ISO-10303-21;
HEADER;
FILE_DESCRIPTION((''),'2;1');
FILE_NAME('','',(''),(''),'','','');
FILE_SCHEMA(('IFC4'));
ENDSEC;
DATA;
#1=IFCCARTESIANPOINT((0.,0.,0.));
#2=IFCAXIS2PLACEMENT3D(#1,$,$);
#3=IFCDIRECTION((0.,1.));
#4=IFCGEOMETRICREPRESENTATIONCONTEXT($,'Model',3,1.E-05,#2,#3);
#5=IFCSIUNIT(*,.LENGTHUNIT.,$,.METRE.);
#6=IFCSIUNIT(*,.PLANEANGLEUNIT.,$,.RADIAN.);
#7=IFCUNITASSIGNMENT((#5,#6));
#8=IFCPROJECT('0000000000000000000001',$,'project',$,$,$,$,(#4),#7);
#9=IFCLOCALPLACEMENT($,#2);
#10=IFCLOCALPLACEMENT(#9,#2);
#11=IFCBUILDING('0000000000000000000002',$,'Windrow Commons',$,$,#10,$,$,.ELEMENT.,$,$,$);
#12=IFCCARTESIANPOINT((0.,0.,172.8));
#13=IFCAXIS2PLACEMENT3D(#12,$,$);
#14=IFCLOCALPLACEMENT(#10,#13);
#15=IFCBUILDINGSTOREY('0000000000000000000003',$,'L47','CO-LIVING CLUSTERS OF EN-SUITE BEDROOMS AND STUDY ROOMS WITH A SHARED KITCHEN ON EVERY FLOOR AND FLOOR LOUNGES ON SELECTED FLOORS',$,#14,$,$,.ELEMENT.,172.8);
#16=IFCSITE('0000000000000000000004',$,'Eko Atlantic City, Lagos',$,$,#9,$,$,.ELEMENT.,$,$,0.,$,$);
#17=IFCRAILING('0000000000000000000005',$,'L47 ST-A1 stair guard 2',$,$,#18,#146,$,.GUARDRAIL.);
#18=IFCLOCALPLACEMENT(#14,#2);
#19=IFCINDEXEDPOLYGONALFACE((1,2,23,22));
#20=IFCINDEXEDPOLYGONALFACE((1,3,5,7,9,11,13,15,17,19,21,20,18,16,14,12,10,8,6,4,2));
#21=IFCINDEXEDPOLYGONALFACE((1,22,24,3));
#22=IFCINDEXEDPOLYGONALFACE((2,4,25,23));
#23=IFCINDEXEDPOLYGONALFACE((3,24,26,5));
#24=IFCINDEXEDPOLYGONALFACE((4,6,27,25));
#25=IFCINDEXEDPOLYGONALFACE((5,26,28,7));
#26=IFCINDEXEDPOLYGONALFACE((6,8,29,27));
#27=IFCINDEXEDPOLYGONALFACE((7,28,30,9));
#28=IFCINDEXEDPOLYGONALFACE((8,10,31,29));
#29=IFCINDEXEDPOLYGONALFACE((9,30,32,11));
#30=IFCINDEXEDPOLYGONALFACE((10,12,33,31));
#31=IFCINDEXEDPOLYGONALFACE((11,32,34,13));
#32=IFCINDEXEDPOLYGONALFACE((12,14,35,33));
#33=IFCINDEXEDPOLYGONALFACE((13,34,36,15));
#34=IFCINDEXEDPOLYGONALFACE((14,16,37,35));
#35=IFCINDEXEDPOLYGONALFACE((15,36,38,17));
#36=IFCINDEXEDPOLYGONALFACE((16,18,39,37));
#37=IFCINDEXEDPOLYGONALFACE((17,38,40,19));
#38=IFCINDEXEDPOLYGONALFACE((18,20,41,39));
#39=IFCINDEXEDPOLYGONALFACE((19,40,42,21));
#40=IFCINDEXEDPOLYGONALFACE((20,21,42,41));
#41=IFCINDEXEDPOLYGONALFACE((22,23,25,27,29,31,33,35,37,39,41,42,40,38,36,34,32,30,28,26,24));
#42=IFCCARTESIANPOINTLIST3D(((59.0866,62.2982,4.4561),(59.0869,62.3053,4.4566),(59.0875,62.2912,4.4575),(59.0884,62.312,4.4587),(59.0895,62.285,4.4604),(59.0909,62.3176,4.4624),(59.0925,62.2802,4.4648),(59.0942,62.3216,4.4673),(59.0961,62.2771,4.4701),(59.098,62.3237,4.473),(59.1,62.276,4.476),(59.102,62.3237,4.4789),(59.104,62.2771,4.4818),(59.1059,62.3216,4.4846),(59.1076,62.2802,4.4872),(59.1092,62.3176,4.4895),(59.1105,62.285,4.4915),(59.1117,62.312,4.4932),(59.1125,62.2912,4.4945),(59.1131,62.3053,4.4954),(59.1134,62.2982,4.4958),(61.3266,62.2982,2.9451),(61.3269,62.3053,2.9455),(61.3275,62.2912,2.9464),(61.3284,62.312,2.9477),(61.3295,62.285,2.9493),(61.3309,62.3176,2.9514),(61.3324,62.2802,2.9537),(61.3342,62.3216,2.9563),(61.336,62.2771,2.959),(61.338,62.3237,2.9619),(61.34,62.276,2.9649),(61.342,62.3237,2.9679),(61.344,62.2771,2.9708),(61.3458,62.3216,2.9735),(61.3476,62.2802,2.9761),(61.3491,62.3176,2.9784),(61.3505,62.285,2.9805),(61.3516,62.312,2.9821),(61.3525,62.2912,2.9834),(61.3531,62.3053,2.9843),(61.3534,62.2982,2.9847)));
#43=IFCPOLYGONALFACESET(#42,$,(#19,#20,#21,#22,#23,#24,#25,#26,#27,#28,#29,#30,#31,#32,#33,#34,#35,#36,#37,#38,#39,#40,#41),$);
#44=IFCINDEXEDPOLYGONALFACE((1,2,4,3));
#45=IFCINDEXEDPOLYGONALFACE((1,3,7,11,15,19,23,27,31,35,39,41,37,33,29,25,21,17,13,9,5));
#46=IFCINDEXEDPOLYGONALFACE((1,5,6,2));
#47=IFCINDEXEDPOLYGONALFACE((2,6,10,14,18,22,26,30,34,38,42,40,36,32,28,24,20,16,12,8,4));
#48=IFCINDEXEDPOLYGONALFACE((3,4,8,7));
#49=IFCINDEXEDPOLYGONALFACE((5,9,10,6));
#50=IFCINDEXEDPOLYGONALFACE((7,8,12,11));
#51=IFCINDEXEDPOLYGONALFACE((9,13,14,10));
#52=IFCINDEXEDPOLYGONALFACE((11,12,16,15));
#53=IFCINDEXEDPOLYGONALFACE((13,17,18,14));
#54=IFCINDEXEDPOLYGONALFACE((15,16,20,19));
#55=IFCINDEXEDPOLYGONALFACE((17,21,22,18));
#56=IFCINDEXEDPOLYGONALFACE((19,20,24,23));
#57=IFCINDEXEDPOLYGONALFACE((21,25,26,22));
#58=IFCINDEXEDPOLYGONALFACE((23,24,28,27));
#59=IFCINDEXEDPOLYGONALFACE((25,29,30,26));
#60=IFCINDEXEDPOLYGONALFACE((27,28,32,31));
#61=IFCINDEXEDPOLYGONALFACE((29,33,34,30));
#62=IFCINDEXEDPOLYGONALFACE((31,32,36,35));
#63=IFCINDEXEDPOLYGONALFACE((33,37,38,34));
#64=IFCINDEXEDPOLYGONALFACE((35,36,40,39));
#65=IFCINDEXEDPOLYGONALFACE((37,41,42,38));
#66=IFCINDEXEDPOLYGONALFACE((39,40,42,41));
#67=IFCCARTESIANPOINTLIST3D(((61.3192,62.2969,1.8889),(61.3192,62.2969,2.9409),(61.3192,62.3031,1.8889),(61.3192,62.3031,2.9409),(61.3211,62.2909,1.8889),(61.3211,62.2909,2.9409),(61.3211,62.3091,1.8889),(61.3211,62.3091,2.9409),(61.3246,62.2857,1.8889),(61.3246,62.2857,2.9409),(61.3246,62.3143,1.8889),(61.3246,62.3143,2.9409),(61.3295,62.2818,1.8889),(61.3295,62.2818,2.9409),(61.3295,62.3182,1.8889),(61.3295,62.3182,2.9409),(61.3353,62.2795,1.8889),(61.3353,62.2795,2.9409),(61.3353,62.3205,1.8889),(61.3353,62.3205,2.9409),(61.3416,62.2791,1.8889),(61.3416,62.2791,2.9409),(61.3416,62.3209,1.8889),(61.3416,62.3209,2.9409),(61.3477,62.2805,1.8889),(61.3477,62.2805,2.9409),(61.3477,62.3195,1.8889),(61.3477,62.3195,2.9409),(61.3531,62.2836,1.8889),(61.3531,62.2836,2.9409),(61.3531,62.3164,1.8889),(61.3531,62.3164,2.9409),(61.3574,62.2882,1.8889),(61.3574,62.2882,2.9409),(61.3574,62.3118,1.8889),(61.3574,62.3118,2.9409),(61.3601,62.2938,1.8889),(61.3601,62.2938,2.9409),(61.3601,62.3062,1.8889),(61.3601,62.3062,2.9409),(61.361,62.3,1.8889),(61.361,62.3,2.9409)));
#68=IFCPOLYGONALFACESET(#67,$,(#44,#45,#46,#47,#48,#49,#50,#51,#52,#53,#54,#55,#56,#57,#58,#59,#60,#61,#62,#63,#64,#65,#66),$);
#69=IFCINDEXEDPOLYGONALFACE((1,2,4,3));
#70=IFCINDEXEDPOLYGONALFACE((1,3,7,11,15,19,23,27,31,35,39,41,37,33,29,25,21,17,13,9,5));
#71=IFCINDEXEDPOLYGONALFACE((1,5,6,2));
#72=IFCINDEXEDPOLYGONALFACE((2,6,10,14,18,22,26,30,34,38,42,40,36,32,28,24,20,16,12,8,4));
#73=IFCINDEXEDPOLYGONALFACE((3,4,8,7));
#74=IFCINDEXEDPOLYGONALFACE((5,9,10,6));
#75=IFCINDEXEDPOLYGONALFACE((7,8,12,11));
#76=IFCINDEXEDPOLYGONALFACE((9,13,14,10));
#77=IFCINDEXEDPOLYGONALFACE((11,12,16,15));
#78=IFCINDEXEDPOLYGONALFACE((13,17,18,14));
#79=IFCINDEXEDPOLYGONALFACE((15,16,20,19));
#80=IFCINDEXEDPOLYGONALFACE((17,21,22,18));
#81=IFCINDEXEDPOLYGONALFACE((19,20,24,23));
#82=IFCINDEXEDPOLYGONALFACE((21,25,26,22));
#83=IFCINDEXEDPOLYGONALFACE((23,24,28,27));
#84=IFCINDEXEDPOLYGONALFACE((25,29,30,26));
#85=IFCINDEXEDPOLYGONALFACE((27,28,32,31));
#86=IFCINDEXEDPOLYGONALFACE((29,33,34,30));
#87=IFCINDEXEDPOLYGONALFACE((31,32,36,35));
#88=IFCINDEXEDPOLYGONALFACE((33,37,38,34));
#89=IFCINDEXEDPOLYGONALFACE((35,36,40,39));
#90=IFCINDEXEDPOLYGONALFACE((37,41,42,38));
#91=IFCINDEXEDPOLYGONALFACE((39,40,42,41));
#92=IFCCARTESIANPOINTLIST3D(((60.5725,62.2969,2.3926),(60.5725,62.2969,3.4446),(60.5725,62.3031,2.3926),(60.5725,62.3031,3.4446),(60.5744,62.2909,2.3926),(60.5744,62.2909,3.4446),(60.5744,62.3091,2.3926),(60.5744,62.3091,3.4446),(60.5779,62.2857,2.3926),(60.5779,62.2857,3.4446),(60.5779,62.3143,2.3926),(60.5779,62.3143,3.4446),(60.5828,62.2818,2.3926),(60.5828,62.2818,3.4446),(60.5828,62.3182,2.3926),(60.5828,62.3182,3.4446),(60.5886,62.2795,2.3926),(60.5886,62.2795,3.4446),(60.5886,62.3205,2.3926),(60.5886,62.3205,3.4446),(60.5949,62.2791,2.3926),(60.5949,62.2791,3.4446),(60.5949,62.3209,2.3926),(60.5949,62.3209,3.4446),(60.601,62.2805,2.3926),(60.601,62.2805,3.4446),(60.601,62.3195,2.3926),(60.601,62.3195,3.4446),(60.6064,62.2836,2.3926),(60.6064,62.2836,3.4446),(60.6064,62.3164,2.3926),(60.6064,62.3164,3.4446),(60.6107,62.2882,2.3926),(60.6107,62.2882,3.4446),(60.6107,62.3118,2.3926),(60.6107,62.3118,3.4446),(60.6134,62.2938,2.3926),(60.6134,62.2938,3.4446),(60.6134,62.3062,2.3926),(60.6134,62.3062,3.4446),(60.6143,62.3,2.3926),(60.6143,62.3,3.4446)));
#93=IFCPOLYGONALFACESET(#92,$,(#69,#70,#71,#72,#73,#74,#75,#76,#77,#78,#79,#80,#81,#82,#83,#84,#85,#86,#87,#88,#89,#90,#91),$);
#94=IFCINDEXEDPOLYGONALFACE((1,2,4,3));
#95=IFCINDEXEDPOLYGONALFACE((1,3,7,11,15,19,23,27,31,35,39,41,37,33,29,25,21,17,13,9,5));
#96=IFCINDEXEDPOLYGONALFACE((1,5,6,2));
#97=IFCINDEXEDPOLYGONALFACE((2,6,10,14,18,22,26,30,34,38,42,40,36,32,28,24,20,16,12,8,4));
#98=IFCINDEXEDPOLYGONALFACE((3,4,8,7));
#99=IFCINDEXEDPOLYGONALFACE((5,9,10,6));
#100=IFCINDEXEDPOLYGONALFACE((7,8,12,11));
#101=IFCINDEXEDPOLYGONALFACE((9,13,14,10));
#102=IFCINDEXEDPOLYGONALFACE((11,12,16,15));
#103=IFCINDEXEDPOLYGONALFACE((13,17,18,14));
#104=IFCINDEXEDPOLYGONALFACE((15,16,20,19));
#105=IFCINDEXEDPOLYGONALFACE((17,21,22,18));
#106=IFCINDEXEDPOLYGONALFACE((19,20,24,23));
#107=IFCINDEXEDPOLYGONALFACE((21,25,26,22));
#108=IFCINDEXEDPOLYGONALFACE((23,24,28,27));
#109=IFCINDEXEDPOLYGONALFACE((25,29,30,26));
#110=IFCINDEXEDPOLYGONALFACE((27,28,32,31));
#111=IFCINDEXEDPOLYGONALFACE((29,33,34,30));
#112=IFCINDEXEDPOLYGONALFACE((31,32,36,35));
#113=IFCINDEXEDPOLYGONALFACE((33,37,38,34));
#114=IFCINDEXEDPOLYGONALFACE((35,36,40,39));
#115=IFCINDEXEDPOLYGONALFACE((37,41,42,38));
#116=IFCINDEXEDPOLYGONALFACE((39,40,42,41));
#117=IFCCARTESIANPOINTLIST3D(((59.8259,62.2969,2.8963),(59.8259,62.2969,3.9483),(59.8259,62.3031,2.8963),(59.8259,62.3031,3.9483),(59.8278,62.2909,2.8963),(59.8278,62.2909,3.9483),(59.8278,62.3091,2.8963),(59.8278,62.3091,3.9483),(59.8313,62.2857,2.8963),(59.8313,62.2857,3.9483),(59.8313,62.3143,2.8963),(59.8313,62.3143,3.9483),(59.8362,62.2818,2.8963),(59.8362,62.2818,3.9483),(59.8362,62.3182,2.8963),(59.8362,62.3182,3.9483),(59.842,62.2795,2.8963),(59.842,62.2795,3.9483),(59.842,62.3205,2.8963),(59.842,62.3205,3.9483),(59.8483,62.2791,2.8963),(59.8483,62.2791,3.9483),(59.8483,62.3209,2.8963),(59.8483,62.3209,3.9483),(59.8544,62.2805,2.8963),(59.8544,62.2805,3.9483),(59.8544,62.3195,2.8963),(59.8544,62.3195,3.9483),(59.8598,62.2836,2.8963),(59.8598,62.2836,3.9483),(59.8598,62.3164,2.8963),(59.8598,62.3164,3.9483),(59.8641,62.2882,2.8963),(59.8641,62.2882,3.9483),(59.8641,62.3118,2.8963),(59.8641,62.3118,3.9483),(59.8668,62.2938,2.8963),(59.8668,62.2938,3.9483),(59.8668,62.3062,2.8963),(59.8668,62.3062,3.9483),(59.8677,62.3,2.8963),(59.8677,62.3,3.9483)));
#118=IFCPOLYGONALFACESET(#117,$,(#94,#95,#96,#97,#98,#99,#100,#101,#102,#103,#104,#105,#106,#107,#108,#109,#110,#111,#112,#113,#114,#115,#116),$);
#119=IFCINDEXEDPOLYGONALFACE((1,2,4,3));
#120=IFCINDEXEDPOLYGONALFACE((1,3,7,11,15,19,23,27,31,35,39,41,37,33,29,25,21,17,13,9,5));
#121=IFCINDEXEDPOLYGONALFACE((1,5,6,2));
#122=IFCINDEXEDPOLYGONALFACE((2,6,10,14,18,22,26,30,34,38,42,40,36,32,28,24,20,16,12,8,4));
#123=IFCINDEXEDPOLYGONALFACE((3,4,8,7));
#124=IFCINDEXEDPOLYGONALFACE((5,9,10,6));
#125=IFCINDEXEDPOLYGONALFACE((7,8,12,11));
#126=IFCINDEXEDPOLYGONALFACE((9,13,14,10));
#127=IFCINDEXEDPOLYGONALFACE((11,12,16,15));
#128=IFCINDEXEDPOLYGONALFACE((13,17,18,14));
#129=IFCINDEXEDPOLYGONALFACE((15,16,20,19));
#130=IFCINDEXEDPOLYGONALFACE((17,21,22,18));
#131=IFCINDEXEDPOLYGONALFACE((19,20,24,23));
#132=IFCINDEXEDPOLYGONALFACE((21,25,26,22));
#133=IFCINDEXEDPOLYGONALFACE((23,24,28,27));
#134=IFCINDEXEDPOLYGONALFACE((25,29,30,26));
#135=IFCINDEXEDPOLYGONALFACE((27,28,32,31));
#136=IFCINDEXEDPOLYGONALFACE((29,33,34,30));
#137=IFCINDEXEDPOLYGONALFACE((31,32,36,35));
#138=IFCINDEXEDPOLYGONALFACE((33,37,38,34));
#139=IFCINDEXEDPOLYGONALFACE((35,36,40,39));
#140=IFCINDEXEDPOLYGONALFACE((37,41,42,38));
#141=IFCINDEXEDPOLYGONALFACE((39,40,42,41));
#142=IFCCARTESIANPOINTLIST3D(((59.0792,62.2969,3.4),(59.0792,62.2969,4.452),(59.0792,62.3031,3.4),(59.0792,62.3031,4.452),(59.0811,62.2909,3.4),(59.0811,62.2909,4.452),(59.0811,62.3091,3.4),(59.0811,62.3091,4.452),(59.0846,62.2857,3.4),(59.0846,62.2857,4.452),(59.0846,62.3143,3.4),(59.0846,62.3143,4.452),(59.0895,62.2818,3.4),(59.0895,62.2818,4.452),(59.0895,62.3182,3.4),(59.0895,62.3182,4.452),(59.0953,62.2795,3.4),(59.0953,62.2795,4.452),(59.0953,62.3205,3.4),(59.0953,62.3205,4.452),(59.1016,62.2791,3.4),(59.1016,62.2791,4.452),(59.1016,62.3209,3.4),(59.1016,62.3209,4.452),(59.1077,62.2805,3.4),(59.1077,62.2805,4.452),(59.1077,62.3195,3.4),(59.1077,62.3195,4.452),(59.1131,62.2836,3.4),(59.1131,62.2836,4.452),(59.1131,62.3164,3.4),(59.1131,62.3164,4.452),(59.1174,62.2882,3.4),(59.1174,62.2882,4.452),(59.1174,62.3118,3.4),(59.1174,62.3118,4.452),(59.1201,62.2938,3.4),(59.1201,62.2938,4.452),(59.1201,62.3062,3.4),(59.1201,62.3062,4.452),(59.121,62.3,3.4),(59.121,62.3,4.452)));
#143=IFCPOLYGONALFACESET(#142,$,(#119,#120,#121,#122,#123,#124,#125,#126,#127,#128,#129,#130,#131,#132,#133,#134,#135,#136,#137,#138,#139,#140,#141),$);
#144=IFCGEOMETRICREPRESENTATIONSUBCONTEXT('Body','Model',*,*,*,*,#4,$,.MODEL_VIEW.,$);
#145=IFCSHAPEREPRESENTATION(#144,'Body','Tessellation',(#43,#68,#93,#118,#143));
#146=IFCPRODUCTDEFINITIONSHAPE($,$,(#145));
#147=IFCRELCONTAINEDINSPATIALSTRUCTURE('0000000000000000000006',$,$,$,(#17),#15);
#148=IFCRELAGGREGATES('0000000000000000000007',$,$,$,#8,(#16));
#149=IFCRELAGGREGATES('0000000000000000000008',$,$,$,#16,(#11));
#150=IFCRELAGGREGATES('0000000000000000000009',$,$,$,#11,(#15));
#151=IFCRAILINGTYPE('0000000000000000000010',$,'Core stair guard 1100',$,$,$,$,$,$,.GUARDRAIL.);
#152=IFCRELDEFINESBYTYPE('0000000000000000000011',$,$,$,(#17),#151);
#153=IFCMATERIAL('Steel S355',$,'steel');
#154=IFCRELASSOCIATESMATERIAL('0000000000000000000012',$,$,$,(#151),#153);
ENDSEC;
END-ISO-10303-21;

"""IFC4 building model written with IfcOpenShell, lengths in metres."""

from ifc_helpers import new_model, si_unit, direction, frame, origin, origin_2d, place, context, subcontext, project, spatial, circle, extrude, material, type_object, element, save


model = new_model("IFC4")

# Units and contexts
model_context = context("Model", 3, precision=1e-05, world=origin(), true_north=direction((0.0, 1.0)))
body_context = subcontext(model_context, "Body", "Model", "MODEL_VIEW")
ifc_project = project(units=[si_unit("LENGTHUNIT", "METRE"), si_unit("PLANEANGLEUNIT", "RADIAN")], contexts=[model_context])

# Site, building, storey
site_placement = place(None, origin())
site = spatial("IfcSite", under=ifc_project, at=site_placement, Name="Eko Atlantic City, Lagos", CompositionType="ELEMENT", RefElevation=0.0)
building_placement = place(site_placement, origin())
building = spatial("IfcBuilding", under=site, at=building_placement, Name="Windrow Commons", CompositionType="ELEMENT")
storey_placement = place(building_placement, frame((0.0, 0.0, 172.8)))
storey = spatial("IfcBuildingStorey", under=building, at=storey_placement, Name="L47", Description="CO-LIVING CLUSTERS OF EN-SUITE BEDROOMS AND STUDY ROOMS WITH A SHARED KITCHEN ON EVERY FLOOR AND FLOOR LOUNGES ON SELECTED FLOORS", CompositionType="ELEMENT", Elevation=172.8)

# Railing
ifc_material_1 = material(Name="Steel S355", Category="steel")
railing_type_1 = type_object("IfcRailingType", Name="Core stair guard 1100", PredefinedType="GUARDRAIL", material=ifc_material_1)
for number, where, name in (
    (1, (61.34, 62.3, 1.8889), "L47 ST-A1 stair guard 2"),
):
    element("IfcRailing", number, at=place(storey_placement, frame(where)), inside=storey, type_object=railing_type_1, Name=name, PredefinedType="GUARDRAIL", context=body_context, shape_type="SweptSolid", body=[
        extrude(circle(Radius=0.024, at=origin_2d()), frame((0.0, 0.0, 1.076), z_axis=(-0.829003, 0.0, 0.559244), x_axis=(0.0, -1.0, 0.0)), (0.0, 0.0, 1.0), 2.702),
        extrude(circle(Radius=0.021, at=origin_2d()), origin(), (0.0, 0.0, 1.0), 1.052),
        extrude(circle(Radius=0.021, at=origin_2d()), frame((-0.7467, 0.0, 0.5037)), (0.0, 0.0, 1.0), 1.052),
        extrude(circle(Radius=0.021, at=origin_2d()), frame((-1.4933, 0.0, 1.0074)), (0.0, 0.0, 1.0), 1.052),
        extrude(circle(Radius=0.021, at=origin_2d()), frame((-2.24, 0.0, 1.5111)), (0.0, 0.0, 1.0), 1.052),
    ])

save(model, "model.ifc")
